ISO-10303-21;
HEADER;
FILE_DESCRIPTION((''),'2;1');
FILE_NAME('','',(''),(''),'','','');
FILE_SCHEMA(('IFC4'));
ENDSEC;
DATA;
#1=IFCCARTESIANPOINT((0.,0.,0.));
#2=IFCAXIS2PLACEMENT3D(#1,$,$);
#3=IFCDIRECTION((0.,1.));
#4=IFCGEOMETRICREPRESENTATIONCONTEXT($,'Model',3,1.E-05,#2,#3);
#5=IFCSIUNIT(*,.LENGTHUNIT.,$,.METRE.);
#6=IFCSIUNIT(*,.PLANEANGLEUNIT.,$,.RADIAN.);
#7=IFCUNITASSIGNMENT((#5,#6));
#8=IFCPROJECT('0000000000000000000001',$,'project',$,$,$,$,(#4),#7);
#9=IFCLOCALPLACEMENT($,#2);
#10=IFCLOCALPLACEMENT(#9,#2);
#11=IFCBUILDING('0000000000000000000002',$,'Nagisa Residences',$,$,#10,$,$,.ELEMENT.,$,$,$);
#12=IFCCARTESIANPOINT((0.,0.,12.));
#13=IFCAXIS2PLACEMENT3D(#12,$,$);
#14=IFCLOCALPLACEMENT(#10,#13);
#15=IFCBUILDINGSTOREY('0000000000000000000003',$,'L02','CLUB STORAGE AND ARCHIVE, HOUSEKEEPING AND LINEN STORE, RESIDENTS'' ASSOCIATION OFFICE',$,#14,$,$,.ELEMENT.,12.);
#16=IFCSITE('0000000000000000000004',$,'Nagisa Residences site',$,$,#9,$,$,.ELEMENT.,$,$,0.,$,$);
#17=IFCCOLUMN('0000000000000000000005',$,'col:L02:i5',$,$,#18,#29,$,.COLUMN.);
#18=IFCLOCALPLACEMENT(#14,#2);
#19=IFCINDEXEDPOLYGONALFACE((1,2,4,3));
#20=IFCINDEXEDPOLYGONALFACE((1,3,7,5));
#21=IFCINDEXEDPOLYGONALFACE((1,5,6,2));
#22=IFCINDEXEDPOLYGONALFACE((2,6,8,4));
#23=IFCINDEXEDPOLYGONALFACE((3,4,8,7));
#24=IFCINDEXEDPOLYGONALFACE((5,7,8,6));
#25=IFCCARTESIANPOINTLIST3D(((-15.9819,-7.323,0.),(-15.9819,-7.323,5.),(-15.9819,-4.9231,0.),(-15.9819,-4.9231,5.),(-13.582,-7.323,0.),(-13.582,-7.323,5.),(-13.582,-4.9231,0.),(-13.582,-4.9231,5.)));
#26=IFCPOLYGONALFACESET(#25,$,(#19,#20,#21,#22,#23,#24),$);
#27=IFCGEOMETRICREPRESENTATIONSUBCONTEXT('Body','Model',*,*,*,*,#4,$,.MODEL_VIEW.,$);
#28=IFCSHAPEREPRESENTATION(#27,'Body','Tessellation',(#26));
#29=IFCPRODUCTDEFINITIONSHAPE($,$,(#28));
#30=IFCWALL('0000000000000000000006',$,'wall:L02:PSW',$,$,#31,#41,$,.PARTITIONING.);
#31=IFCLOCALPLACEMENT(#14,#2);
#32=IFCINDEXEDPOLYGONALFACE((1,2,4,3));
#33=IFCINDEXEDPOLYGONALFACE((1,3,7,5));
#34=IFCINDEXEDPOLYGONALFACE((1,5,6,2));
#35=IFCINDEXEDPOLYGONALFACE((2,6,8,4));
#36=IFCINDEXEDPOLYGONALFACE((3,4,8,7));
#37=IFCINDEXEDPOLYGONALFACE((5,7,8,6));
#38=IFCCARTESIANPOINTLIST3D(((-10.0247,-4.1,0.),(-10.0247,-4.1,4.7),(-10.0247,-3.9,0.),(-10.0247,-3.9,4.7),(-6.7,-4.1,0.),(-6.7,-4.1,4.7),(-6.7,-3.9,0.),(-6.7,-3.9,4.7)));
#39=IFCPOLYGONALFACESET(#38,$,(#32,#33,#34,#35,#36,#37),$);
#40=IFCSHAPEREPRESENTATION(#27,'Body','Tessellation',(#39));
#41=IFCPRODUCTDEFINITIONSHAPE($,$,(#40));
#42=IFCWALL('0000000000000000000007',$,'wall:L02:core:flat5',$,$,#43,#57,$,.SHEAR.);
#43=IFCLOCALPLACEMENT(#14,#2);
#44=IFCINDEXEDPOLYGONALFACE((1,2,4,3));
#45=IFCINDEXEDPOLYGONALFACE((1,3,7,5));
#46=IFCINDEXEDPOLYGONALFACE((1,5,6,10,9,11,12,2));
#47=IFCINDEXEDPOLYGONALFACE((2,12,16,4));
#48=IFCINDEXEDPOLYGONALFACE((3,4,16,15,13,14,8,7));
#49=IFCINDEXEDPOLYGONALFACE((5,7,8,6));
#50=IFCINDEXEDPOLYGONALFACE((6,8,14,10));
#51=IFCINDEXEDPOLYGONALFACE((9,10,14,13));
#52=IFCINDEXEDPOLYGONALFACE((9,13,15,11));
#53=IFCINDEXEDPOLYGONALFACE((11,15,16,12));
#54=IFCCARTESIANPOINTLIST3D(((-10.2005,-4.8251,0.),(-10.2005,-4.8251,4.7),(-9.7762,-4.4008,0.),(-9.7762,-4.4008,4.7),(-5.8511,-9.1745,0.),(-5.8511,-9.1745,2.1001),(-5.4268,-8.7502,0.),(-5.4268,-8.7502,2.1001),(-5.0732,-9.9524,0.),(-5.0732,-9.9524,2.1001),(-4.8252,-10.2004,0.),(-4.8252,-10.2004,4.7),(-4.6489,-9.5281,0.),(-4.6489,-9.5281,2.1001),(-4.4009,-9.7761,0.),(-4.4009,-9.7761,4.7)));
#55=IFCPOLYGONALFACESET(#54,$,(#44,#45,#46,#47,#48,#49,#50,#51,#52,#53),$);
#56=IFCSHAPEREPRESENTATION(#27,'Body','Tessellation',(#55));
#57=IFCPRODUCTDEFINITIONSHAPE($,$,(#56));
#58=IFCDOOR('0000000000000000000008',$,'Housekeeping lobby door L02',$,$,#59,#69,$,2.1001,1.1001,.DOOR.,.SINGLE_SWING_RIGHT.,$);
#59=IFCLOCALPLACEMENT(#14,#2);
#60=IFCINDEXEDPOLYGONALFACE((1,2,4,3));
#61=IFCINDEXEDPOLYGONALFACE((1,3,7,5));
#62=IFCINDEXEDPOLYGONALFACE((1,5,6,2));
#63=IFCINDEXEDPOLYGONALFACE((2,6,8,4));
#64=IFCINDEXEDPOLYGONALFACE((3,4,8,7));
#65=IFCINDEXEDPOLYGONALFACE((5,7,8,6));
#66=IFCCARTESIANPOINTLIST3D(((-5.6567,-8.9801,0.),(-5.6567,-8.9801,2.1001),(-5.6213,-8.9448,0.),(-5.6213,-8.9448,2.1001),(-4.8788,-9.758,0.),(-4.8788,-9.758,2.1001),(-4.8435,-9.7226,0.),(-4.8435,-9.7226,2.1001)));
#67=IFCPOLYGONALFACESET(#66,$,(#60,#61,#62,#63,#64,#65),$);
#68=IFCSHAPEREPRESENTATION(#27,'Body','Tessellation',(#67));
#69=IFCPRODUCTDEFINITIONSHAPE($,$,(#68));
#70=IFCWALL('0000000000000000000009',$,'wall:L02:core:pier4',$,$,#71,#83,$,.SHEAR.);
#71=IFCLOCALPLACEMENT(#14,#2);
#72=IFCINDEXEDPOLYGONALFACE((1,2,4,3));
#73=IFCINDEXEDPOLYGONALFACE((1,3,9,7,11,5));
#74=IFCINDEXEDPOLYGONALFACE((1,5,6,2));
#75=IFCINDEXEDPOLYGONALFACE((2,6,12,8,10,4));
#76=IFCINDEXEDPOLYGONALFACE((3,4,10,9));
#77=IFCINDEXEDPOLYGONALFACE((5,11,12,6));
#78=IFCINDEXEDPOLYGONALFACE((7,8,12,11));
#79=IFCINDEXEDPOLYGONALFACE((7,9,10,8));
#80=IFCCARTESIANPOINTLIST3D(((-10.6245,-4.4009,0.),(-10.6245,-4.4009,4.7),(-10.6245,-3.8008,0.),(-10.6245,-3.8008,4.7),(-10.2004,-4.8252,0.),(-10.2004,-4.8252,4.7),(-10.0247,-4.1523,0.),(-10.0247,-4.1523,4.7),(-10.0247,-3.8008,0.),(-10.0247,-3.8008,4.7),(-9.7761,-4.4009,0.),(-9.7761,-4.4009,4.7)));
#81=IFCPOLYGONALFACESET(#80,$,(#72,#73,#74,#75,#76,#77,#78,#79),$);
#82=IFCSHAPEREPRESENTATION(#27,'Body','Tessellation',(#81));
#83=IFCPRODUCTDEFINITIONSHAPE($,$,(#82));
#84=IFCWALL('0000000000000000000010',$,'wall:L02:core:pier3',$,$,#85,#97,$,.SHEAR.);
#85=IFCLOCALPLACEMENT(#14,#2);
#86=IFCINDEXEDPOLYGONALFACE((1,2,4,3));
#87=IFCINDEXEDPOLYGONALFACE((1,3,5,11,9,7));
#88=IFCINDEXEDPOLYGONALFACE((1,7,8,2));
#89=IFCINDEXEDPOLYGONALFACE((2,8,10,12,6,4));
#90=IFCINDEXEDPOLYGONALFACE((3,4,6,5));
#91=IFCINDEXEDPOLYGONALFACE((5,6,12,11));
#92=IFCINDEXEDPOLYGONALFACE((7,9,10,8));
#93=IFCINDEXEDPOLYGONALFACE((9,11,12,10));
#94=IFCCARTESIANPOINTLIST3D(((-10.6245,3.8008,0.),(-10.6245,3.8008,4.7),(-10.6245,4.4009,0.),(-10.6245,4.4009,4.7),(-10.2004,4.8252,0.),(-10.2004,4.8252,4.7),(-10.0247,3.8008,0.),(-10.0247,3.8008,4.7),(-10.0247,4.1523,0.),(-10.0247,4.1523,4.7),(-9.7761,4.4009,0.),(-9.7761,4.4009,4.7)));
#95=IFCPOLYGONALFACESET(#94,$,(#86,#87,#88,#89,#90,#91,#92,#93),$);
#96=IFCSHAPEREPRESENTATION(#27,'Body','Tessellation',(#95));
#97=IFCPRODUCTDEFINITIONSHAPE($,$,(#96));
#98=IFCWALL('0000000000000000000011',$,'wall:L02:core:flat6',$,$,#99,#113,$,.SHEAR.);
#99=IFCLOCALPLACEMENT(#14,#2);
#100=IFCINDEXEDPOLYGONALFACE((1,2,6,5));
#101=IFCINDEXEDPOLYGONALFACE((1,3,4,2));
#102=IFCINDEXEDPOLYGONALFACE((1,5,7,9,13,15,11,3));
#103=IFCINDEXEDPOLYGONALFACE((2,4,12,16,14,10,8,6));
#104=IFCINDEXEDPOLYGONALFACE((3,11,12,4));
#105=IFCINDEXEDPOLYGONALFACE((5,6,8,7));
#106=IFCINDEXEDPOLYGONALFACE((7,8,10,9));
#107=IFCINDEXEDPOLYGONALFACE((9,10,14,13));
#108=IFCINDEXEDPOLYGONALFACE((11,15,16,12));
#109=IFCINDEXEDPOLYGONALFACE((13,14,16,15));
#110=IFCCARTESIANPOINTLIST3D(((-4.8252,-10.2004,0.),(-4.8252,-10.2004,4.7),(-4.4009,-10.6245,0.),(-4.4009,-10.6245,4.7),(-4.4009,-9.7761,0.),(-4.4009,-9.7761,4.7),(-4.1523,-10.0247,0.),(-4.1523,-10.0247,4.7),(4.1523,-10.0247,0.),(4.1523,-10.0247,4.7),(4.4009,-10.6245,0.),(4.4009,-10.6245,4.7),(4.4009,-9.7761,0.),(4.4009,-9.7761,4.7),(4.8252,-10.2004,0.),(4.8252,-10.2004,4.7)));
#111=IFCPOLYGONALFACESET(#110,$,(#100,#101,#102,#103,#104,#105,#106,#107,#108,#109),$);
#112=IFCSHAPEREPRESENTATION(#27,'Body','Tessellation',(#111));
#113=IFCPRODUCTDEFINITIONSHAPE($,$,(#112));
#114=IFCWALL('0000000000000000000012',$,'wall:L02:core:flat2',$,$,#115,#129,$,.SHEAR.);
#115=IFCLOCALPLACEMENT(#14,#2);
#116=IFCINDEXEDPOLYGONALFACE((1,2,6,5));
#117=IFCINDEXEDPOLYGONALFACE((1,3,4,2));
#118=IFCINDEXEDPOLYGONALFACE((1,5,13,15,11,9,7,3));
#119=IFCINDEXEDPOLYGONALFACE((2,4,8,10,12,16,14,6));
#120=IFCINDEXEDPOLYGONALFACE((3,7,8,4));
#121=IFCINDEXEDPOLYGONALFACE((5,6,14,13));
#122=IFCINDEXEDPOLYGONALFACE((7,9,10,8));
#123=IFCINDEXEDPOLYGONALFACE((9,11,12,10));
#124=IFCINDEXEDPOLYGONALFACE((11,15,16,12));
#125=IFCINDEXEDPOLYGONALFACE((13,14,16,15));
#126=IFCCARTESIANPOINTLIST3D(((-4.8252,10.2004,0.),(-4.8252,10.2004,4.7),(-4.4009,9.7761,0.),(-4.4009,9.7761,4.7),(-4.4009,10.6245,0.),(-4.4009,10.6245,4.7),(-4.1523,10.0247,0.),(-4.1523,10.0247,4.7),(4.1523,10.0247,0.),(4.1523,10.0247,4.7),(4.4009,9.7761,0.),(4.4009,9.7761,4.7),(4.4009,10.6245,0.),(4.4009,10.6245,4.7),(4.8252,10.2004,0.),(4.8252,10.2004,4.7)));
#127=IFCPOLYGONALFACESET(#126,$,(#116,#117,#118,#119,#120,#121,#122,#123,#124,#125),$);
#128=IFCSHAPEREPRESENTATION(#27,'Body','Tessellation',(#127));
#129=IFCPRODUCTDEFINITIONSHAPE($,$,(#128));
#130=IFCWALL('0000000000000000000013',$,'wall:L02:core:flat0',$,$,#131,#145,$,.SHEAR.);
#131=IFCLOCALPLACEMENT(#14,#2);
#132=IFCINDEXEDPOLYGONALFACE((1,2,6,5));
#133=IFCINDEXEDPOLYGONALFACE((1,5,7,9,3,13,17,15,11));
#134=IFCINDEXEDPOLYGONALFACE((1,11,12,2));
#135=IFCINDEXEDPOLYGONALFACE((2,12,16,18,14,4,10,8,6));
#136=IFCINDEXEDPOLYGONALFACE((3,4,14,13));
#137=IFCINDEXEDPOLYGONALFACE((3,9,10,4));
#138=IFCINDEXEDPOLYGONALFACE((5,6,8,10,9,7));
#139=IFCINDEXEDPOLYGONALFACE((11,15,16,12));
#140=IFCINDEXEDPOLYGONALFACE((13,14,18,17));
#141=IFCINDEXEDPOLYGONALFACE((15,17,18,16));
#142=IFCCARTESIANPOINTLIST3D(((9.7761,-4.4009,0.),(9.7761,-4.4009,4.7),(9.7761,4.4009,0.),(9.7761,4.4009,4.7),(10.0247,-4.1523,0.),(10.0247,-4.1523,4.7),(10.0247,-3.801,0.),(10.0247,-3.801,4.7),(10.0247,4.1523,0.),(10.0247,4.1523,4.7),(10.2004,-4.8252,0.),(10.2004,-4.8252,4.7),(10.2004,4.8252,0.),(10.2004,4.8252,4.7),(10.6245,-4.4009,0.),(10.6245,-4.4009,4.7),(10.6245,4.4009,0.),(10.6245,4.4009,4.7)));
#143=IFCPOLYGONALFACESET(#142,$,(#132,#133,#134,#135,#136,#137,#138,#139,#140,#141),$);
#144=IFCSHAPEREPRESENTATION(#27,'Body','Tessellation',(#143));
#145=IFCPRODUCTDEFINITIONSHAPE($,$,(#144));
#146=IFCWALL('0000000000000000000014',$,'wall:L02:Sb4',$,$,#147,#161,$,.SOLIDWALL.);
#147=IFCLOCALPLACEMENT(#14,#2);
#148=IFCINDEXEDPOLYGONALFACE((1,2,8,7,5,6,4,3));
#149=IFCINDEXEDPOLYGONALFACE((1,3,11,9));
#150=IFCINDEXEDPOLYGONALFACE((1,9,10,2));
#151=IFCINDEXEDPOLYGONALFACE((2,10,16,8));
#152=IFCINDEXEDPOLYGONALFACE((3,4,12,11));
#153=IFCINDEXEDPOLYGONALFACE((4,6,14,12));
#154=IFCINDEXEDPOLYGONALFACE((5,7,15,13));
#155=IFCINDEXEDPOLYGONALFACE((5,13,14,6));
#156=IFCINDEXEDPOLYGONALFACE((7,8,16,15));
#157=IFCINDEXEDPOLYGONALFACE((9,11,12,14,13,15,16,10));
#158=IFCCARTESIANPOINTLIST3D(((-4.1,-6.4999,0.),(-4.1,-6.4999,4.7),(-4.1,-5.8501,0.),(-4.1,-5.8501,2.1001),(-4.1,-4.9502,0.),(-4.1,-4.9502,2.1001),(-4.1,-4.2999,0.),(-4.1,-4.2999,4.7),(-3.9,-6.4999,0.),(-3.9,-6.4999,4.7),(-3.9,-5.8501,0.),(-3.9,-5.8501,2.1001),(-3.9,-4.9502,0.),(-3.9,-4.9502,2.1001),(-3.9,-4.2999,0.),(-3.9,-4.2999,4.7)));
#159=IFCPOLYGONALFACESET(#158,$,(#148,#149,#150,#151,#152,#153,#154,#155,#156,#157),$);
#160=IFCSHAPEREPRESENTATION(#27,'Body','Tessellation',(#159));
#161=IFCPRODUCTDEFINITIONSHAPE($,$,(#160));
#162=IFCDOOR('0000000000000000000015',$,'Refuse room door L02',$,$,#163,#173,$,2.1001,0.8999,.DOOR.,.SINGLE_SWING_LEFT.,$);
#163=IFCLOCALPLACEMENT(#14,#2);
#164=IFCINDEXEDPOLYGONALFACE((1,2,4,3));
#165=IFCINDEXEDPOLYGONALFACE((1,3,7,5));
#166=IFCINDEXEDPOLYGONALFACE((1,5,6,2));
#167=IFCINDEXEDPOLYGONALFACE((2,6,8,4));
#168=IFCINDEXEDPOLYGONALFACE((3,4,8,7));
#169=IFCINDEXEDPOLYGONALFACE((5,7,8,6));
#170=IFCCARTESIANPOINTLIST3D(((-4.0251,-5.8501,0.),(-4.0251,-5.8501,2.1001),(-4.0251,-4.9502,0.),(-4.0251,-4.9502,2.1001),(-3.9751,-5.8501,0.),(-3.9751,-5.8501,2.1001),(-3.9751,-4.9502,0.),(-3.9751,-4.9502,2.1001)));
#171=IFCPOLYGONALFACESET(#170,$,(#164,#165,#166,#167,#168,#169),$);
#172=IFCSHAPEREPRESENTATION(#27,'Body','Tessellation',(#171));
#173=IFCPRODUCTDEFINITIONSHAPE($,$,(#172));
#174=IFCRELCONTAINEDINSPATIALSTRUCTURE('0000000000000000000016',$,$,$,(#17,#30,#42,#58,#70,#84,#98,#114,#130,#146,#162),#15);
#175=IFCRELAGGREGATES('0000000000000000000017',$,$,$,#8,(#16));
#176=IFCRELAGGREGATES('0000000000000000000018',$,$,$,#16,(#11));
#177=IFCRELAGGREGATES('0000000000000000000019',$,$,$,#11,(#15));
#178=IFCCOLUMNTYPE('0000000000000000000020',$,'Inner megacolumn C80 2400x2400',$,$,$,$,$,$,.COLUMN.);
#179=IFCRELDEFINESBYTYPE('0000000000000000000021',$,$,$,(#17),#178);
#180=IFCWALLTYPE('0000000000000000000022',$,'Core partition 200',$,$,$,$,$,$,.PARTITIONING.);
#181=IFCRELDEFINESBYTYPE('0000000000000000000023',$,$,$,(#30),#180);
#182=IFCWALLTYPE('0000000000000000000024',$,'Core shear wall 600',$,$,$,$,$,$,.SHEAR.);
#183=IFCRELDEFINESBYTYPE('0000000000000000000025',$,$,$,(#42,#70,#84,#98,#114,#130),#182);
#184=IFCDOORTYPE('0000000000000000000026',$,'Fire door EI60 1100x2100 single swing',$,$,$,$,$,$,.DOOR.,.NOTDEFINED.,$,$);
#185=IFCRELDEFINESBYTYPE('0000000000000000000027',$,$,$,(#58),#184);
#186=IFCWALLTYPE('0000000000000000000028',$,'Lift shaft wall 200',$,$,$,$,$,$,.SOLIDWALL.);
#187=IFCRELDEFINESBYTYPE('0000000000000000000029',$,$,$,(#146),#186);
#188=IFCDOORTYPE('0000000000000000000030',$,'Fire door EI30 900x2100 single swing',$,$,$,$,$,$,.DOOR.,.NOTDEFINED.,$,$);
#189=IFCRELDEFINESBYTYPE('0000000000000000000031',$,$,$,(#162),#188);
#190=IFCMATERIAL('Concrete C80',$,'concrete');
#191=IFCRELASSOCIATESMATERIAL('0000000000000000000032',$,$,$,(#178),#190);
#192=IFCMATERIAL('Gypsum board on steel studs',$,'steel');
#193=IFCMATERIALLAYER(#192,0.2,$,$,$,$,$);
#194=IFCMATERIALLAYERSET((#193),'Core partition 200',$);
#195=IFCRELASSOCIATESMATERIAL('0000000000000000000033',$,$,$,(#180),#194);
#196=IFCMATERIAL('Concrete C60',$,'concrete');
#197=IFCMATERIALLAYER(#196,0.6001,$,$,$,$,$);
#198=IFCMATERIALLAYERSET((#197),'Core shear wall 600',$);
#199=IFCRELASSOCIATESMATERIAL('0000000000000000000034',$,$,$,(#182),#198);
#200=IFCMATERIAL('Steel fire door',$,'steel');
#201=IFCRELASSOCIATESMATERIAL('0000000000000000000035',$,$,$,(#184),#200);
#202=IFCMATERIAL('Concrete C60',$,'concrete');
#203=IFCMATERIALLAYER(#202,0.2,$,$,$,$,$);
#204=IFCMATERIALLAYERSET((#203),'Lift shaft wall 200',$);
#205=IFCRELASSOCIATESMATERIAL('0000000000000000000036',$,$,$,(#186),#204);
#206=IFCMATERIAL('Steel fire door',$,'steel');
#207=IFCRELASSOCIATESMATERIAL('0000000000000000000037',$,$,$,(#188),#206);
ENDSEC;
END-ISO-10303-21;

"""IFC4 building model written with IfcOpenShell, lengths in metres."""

from ifc_helpers import new_model, si_unit, direction, frame, frame_2d, origin, origin_2d, place, context, subcontext, project, spatial, polyline, rectangle, outline, extrude, material, layer, layer_set, material_profile, profile_set, type_object, element, fill, save


model = new_model("IFC4")

# Units and contexts
model_context = context("Model", 3, precision=1e-05, world=origin(), true_north=direction((0.0, 1.0)))
body_context = subcontext(model_context, "Body", "Model", "MODEL_VIEW")
ifc_project = project(units=[si_unit("LENGTHUNIT", "METRE"), si_unit("PLANEANGLEUNIT", "RADIAN")], contexts=[model_context])

# Site, building, storey
site_placement = place(None, origin())
site = spatial("IfcSite", under=ifc_project, at=site_placement, Name="Nagisa Residences site", CompositionType="ELEMENT", RefElevation=0.0)
building_placement = place(site_placement, origin())
building = spatial("IfcBuilding", under=site, at=building_placement, Name="Nagisa Residences", CompositionType="ELEMENT")
storey_placement = place(building_placement, frame((0.0, 0.0, 12.0)))
storey = spatial("IfcBuildingStorey", under=building, at=storey_placement, Name="L02", Description="CLUB STORAGE AND ARCHIVE, HOUSEKEEPING AND LINEN STORE, RESIDENTS' ASSOCIATION OFFICE", CompositionType="ELEMENT", Elevation=12.0)

# Column
ifc_material_1 = material(Name="Concrete C80", Category="concrete")
ifc_material_profile = material_profile(ifc_material_1, rectangle(XDim=2.3999, YDim=2.3999, at=origin_2d()), Name="C80 2400x2400")
ifc_profile_set = profile_set([ifc_material_profile], Name="Concrete C80")
column_type = type_object("IfcColumnType", Name="Inner megacolumn C80 2400x2400", PredefinedType="COLUMN", material=ifc_profile_set)
column_placement = place(storey_placement, frame((-14.782, -6.123, 0.0), z_axis=(0.0, 0.0, 1.0), x_axis=(1.0, 0.0, 0.0)))
element("IfcColumn", 1, at=column_placement, inside=storey, type_object=column_type, Name="col:L02:i5", PredefinedType="COLUMN", context=body_context, shape_type="SweptSolid", body=[
    extrude(rectangle(XDim=2.3999, YDim=2.3999, at=origin_2d()), origin(), (0.0, 0.0, 1.0), 5.0),
])

# Wall
ifc_material_2 = material(Name="Gypsum board on steel studs", Category="steel")
ifc_layer_1 = layer(ifc_material_2, 0.2)
ifc_layer_set_1 = layer_set([ifc_layer_1], Name="Core partition 200")
wall_type_1 = type_object("IfcWallType", Name="Core partition 200", PredefinedType="PARTITIONING", material=ifc_layer_set_1)
wall_1_placement = place(storey_placement, frame((-10.0247, -4.0, 0.0), z_axis=(0.0, 0.0, 1.0), x_axis=(1.0, 0.0, 0.0)))
element("IfcWall", 2, at=wall_1_placement, inside=storey, type_object=wall_type_1, Name="wall:L02:PSW", PredefinedType="PARTITIONING", context=body_context, shape_type="SweptSolid", body=[
    extrude(rectangle(XDim=3.3247, YDim=0.2, at=frame_2d((1.6624, 0.0))), origin(), (0.0, 0.0, 1.0), 4.7),
])

# Wall, opening, door
ifc_material_3 = material(Name="Concrete C60", Category="concrete")
ifc_layer_2 = layer(ifc_material_3, 0.6001)
ifc_layer_set_2 = layer_set([ifc_layer_2], Name="Core shear wall 600")
wall_type_2 = type_object("IfcWallType", Name="Core shear wall 600", PredefinedType="SHEAR", material=ifc_layer_set_2)
wall_2_placement = place(storey_placement, frame((-9.9883, -4.613, 0.0), z_axis=(0.0, 0.0, 1.0), x_axis=(0.707107, -0.707107, 0.0)))
wall_2 = element("IfcWall", 3, at=wall_2_placement, inside=storey, type_object=wall_type_2, Name="wall:L02:core:flat5", PredefinedType="SHEAR", context=body_context, shape_type="SweptSolid", body=[
    extrude(rectangle(XDim=7.6018, YDim=0.6001, at=frame_2d((3.8008, 0.0))), origin(), (0.0, 0.0, 1.0), 4.7),
])
opening_1_placement = place(wall_2_placement, frame((6.1509, 0.0, 0.0)))
opening_1 = element("IfcOpeningElement", 4, at=opening_1_placement, cuts=wall_2, PredefinedType="OPENING", context=body_context, shape_type="SweptSolid", body=[
    extrude(rectangle(XDim=1.1001, YDim=2.1001, at=frame_2d((0.55, 1.05))), frame((0.0, 0.3101, 0.0), z_axis=(0.0, -1.0, 0.0), x_axis=(1.0, 0.0, 0.0)), (0.0, 0.0, 1.0), 0.6201),
])
ifc_material_4 = material(Name="Steel fire door", Category="steel")
door_type_1 = type_object("IfcDoorType", Name="Fire door EI60 1100x2100 single swing", OperationType="NOTDEFINED", PredefinedType="DOOR", material=ifc_material_4)
door_1_placement = place(opening_1_placement, origin())
door_1 = element("IfcDoor", 5, at=door_1_placement, inside=storey, type_object=door_type_1, Name="Housekeeping lobby door L02", OperationType="SINGLE_SWING_RIGHT", OverallHeight=2.1001, OverallWidth=1.1001, PredefinedType="DOOR", context=body_context, shape_type="SweptSolid", body=[
    extrude(rectangle(XDim=1.1001, YDim=2.1001, at=frame_2d((0.55, 1.05))), frame((0.0, 0.0249, 0.0), z_axis=(0.0, -1.0, 0.0), x_axis=(1.0, 0.0, 0.0)), (0.0, 0.0, 1.0), 0.05),
])
fill(opening_1, door_1)

# Walls
wall_3_placement = place(storey_placement, origin())
element("IfcWall", 6, at=wall_3_placement, inside=storey, type_object=wall_type_2, Name="wall:L02:core:pier4", PredefinedType="SHEAR", context=body_context, shape_type="SweptSolid", body=[
    extrude(outline(polyline([(-10.6245, -3.8008), (-10.0247, -3.8008), (-10.0247, -4.1523), (-9.7761, -4.4009), (-10.2004, -4.8252), (-10.6245, -4.4009), (-10.6245, -3.8008)])), origin(), (0.0, 0.0, 1.0), 4.7),
])
wall_4_placement = place(storey_placement, origin())
element("IfcWall", 7, at=wall_4_placement, inside=storey, type_object=wall_type_2, Name="wall:L02:core:pier3", PredefinedType="SHEAR", context=body_context, shape_type="SweptSolid", body=[
    extrude(outline(polyline([(-10.2004, 4.8252), (-9.7761, 4.4009), (-10.0247, 4.1523), (-10.0247, 3.8008), (-10.6245, 3.8008), (-10.6245, 4.4009), (-10.2004, 4.8252)])), origin(), (0.0, 0.0, 1.0), 4.7),
])
wall_5_placement = place(storey_placement, origin())
element("IfcWall", 8, at=wall_5_placement, inside=storey, type_object=wall_type_2, Name="wall:L02:core:flat6", PredefinedType="SHEAR", context=body_context, shape_type="SweptSolid", body=[
    extrude(outline(polyline([(-4.1523, -10.0247), (4.1523, -10.0247), (4.4009, -9.7761), (4.8252, -10.2004), (4.4009, -10.6245), (-4.4009, -10.6245), (-4.8252, -10.2004), (-4.4009, -9.7761), (-4.1523, -10.0247)])), origin(), (0.0, 0.0, 1.0), 4.7),
])
wall_6_placement = place(storey_placement, origin())
element("IfcWall", 9, at=wall_6_placement, inside=storey, type_object=wall_type_2, Name="wall:L02:core:flat2", PredefinedType="SHEAR", context=body_context, shape_type="SweptSolid", body=[
    extrude(outline(polyline([(-4.1523, 10.0247), (-4.4009, 9.7761), (-4.8252, 10.2004), (-4.4009, 10.6245), (4.4009, 10.6245), (4.8252, 10.2004), (4.4009, 9.7761), (4.1523, 10.0247), (-4.1523, 10.0247)])), origin(), (0.0, 0.0, 1.0), 4.7),
])
wall_7_placement = place(storey_placement, origin())
element("IfcWall", 10, at=wall_7_placement, inside=storey, type_object=wall_type_2, Name="wall:L02:core:flat0", PredefinedType="SHEAR", context=body_context, shape_type="SweptSolid", body=[
    extrude(outline(polyline([(9.7761, -4.4009), (10.0247, -4.1523), (10.0247, -3.801), (10.0247, 4.1523), (9.7761, 4.4009), (10.2004, 4.8252), (10.6245, 4.4009), (10.6245, -4.4009), (10.2004, -4.8252), (9.7761, -4.4009)])), origin(), (0.0, 0.0, 1.0), 4.7),
])

# Wall, opening, door
ifc_material_5 = material(Name="Concrete C60", Category="concrete")
ifc_layer_3 = layer(ifc_material_5, 0.2)
ifc_layer_set_3 = layer_set([ifc_layer_3], Name="Lift shaft wall 200")
wall_type_3 = type_object("IfcWallType", Name="Lift shaft wall 200", PredefinedType="SOLIDWALL", material=ifc_layer_set_3)
wall_8_placement = place(storey_placement, frame((-4.0, -6.5, 0.0), z_axis=(0.0, 0.0, 1.0), x_axis=(0.0, 1.0, 0.0)))
wall_8 = element("IfcWall", 11, at=wall_8_placement, inside=storey, type_object=wall_type_3, Name="wall:L02:Sb4", PredefinedType="SOLIDWALL", context=body_context, shape_type="SweptSolid", body=[
    extrude(rectangle(XDim=2.2, YDim=0.2, at=frame_2d((1.1001, 0.0))), origin(), (0.0, 0.0, 1.0), 4.7),
])
opening_2_placement = place(wall_8_placement, frame((0.6499, 0.0, 0.0)))
opening_2 = element("IfcOpeningElement", 12, at=opening_2_placement, cuts=wall_8, PredefinedType="OPENING", context=body_context, shape_type="SweptSolid", body=[
    extrude(rectangle(XDim=0.8999, YDim=2.1001, at=frame_2d((0.45, 1.05))), frame((0.0, 0.1099, 0.0), z_axis=(0.0, -1.0, 0.0), x_axis=(1.0, 0.0, 0.0)), (0.0, 0.0, 1.0), 0.22),
])
ifc_material_6 = material(Name="Steel fire door", Category="steel")
door_type_2 = type_object("IfcDoorType", Name="Fire door EI30 900x2100 single swing", OperationType="NOTDEFINED", PredefinedType="DOOR", material=ifc_material_6)
door_2_placement = place(opening_2_placement, frame((0.8999, 0.0, 0.0), x_axis=(-1.0, 0.0, 0.0)))
door_2 = element("IfcDoor", 13, at=door_2_placement, inside=storey, type_object=door_type_2, Name="Refuse room door L02", OperationType="SINGLE_SWING_LEFT", OverallHeight=2.1001, OverallWidth=0.8999, PredefinedType="DOOR", context=body_context, shape_type="SweptSolid", body=[
    extrude(rectangle(XDim=0.8999, YDim=2.1001, at=frame_2d((0.45, 1.05))), frame((0.0, 0.0249, 0.0), z_axis=(0.0, -1.0, 0.0), x_axis=(1.0, 0.0, 0.0)), (0.0, 0.0, 1.0), 0.05),
])
fill(opening_2, door_2)

save(model, "model.ifc")
